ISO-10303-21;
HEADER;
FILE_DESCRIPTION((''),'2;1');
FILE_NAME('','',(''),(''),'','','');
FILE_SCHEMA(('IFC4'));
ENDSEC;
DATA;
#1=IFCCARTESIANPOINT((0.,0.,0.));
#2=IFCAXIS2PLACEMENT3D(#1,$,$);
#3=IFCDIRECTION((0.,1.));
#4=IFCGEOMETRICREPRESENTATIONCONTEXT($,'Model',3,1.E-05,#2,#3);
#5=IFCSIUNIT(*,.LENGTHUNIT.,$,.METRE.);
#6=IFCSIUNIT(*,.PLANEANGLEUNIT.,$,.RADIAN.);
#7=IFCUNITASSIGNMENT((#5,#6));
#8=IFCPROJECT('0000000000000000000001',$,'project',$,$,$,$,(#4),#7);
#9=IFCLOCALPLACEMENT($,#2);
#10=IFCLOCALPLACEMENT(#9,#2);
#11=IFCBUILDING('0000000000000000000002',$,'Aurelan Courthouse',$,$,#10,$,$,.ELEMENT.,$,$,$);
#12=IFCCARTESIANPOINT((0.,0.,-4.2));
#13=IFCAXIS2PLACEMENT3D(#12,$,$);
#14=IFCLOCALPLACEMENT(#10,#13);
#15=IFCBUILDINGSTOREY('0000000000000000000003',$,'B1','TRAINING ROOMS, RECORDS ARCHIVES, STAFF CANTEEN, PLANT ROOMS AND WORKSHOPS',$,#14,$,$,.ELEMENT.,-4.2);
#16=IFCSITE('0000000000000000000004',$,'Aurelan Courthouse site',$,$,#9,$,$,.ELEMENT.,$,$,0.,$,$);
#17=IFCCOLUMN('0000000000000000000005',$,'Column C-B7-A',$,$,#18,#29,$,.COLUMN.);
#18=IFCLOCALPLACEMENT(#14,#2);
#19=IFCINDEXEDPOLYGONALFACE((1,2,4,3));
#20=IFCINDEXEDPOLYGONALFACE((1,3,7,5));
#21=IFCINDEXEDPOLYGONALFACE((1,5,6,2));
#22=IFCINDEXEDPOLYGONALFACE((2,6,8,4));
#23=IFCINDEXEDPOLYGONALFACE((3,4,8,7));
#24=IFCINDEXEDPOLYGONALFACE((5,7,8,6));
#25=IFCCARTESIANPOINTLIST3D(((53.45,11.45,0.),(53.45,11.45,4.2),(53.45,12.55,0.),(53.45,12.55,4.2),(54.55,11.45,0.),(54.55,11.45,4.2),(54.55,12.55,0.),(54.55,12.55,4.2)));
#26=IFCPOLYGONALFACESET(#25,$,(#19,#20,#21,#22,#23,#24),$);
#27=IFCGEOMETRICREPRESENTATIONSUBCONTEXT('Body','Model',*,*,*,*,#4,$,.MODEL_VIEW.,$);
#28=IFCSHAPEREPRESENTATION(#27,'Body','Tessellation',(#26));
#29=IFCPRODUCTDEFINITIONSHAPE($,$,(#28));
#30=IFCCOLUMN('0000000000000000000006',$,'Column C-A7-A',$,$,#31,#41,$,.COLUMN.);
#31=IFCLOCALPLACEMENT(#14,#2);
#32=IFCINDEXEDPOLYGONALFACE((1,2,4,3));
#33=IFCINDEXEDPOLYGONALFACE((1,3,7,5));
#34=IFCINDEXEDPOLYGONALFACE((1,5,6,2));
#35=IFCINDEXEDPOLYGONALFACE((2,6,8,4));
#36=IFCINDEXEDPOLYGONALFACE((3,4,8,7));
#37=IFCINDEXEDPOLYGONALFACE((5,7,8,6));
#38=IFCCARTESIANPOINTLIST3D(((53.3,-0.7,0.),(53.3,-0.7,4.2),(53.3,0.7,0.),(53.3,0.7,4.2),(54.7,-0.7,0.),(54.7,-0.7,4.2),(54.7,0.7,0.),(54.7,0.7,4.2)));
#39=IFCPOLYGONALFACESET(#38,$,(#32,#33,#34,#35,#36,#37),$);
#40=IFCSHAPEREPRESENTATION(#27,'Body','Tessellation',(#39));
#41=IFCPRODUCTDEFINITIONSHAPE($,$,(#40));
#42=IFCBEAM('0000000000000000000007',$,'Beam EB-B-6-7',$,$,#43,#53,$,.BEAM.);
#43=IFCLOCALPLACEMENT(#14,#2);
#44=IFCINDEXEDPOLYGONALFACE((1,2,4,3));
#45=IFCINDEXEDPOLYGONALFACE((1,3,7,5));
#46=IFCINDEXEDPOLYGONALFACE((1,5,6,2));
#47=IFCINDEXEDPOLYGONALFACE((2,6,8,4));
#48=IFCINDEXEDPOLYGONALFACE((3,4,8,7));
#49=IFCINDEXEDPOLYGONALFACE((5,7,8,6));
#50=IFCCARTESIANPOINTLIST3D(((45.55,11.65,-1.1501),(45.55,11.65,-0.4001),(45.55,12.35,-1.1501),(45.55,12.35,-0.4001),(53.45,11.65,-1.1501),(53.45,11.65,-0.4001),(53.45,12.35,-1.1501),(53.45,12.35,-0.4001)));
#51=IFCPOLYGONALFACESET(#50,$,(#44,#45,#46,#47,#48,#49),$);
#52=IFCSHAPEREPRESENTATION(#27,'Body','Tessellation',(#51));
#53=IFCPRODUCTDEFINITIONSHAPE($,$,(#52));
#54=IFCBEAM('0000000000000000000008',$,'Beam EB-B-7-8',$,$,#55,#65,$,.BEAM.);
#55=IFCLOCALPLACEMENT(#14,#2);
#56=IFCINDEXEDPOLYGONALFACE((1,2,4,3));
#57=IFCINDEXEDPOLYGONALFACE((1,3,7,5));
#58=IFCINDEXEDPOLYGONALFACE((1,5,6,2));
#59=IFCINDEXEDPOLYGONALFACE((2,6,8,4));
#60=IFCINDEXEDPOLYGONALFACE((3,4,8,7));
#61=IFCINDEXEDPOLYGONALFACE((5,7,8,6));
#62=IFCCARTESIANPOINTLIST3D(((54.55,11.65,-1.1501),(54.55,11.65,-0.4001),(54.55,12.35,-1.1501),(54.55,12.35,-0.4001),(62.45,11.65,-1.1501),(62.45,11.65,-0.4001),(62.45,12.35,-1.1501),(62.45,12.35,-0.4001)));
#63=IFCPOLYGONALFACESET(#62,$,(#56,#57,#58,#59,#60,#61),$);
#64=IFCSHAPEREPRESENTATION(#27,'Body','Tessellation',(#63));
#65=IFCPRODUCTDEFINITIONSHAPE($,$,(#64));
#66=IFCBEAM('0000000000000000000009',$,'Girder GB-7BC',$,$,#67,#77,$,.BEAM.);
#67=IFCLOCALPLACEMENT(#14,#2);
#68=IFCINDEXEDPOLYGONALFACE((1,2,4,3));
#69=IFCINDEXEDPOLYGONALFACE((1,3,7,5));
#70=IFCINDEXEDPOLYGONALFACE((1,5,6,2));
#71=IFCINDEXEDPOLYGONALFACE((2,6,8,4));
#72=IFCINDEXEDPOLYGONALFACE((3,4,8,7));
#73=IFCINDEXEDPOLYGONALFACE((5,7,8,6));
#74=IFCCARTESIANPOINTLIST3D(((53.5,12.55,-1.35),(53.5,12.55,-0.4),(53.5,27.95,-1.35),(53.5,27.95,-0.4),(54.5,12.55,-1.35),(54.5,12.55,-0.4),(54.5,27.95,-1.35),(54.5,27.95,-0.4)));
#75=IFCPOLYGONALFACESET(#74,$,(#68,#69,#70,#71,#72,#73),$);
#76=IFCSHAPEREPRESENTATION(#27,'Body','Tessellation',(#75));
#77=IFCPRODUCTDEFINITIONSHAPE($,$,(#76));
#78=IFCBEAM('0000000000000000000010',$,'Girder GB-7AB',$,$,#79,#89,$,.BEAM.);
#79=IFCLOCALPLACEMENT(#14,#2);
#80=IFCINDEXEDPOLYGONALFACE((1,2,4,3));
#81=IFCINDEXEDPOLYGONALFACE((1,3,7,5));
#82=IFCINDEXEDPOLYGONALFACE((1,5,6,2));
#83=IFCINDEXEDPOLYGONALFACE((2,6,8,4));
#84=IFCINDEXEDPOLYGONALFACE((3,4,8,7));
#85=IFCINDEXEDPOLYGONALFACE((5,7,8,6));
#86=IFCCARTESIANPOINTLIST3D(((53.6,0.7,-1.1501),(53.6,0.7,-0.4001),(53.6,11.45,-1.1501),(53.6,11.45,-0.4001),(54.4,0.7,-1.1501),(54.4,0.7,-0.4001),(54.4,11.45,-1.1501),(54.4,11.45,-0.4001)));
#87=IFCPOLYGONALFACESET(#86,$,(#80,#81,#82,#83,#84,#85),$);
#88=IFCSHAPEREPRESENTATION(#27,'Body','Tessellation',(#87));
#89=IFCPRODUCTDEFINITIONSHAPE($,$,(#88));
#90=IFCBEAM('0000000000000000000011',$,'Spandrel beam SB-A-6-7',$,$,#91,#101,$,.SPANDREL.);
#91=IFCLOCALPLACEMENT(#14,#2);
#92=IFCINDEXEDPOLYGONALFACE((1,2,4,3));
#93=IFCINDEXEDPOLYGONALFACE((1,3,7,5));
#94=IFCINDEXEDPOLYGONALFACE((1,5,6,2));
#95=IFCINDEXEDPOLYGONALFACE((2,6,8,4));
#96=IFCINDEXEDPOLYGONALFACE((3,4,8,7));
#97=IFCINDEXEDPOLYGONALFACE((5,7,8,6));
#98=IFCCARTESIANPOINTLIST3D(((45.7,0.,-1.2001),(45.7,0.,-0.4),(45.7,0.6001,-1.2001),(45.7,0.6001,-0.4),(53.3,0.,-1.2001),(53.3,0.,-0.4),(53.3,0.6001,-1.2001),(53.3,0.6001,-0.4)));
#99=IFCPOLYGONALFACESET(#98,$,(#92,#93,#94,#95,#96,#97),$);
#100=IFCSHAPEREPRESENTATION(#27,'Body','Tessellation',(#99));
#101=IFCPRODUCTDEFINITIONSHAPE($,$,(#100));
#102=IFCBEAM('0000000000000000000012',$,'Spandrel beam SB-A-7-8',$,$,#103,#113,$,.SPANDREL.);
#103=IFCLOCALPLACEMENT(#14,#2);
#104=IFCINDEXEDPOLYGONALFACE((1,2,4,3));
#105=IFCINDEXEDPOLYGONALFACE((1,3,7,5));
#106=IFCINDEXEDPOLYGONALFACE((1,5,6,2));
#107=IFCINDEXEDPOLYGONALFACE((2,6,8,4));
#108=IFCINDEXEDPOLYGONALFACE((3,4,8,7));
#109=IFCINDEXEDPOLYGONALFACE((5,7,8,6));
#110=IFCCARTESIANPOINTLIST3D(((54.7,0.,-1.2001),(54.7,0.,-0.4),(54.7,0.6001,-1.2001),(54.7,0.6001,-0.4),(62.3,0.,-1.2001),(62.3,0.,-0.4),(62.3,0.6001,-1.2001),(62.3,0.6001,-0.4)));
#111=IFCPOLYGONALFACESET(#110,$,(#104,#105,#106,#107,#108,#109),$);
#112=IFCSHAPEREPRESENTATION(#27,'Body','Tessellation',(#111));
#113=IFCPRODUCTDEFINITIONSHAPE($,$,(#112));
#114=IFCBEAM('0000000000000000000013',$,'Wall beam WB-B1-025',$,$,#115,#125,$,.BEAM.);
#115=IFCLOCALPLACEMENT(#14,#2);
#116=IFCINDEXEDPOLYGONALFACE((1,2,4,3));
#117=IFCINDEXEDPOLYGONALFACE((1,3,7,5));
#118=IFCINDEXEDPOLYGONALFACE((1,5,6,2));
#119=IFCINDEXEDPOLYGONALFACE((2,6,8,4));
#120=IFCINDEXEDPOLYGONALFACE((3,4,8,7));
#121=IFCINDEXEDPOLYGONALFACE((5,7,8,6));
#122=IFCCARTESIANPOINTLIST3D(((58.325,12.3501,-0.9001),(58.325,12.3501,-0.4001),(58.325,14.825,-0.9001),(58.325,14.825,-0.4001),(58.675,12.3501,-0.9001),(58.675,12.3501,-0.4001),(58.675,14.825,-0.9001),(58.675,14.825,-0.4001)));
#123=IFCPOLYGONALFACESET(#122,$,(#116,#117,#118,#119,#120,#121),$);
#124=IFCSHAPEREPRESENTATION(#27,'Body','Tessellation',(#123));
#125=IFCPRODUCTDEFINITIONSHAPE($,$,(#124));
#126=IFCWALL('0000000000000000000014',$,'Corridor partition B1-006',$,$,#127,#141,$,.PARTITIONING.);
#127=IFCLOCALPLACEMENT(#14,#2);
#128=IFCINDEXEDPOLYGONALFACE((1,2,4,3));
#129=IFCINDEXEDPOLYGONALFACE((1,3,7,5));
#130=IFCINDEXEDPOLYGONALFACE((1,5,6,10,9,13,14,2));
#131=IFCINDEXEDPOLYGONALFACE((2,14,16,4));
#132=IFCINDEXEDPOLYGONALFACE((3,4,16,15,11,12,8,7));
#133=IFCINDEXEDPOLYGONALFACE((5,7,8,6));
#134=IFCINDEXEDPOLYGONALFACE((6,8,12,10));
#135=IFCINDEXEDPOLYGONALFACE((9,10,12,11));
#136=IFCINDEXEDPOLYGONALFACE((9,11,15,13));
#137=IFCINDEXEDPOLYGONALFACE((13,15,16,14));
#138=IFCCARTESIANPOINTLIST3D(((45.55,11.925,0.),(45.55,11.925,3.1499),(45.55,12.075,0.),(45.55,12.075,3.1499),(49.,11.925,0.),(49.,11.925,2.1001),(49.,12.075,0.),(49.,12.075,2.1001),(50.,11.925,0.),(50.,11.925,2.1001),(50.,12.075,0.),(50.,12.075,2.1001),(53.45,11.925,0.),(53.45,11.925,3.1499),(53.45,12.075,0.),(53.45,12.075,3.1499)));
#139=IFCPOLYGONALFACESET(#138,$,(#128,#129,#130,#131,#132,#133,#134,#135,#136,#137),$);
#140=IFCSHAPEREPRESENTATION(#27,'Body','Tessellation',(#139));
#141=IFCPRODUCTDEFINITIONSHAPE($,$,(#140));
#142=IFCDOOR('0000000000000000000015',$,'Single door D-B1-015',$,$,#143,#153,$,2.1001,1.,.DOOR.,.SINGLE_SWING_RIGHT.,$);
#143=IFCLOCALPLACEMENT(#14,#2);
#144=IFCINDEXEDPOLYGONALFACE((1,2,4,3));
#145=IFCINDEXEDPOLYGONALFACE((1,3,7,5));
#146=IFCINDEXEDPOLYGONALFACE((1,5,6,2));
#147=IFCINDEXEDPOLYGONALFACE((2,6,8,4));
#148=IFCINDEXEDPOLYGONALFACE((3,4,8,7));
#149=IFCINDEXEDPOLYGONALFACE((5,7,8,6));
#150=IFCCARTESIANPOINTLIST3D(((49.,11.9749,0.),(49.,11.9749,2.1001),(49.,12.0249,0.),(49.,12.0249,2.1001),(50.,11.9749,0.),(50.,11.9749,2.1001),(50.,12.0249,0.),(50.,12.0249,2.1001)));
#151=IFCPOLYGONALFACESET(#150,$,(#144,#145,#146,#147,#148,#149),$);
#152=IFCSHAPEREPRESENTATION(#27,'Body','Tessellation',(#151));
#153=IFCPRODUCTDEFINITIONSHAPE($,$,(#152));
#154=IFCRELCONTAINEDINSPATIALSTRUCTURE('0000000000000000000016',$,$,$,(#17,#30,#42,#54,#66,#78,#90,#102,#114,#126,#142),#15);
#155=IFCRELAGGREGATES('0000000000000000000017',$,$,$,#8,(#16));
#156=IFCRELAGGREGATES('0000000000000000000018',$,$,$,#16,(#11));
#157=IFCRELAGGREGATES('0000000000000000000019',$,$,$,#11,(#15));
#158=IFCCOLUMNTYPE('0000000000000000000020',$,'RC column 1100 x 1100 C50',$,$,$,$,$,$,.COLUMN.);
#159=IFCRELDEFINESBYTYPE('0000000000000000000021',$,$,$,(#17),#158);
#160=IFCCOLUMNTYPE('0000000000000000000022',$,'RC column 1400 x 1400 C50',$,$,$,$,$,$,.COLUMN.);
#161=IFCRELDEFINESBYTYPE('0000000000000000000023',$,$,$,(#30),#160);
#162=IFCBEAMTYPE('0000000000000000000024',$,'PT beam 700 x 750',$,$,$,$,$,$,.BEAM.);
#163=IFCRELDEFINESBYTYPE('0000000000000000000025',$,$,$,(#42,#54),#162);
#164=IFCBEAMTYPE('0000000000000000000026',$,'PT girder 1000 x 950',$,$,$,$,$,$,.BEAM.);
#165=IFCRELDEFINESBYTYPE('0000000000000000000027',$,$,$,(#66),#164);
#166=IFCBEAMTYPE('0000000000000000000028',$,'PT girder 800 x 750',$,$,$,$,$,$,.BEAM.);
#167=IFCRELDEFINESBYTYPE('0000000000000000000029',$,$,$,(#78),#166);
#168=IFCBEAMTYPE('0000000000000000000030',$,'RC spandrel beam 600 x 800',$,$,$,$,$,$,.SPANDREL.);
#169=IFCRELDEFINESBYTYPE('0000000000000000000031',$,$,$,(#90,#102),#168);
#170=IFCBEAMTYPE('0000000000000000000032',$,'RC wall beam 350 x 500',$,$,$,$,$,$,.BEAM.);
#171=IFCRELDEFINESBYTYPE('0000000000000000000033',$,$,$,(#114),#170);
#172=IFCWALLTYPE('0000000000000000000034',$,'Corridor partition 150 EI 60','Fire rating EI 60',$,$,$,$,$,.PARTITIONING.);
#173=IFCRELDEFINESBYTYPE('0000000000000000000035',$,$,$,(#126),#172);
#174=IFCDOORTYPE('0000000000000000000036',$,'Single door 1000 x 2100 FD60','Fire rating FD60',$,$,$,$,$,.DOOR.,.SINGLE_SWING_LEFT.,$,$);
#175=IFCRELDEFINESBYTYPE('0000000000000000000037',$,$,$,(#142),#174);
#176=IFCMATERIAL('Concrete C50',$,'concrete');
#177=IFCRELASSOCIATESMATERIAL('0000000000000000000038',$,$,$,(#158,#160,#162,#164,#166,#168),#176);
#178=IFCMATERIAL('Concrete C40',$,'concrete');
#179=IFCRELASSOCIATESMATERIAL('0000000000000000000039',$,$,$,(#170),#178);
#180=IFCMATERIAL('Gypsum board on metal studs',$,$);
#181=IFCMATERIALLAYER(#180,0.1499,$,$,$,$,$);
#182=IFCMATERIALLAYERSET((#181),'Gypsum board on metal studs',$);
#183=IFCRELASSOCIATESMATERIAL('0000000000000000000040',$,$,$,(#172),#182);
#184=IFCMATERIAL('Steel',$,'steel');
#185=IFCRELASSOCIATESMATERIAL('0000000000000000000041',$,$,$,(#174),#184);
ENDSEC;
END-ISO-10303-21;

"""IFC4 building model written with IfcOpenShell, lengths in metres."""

from ifc_helpers import new_model, si_unit, direction, frame, frame_2d, origin, origin_2d, place, context, subcontext, project, spatial, rectangle, extrude, material, layer, layer_set, material_profile, profile_set, type_object, element, fill, save


model = new_model("IFC4")

# Units and contexts
model_context = context("Model", 3, precision=1e-05, world=origin(), true_north=direction((0.0, 1.0)))
body_context = subcontext(model_context, "Body", "Model", "MODEL_VIEW")
ifc_project = project(units=[si_unit("LENGTHUNIT", "METRE"), si_unit("PLANEANGLEUNIT", "RADIAN")], contexts=[model_context])

# Site, building, storey
site_placement = place(None, origin())
site = spatial("IfcSite", under=ifc_project, at=site_placement, Name="Aurelan Courthouse site", CompositionType="ELEMENT", RefElevation=0.0)
building_placement = place(site_placement, origin())
building = spatial("IfcBuilding", under=site, at=building_placement, Name="Aurelan Courthouse", CompositionType="ELEMENT")
storey_placement = place(building_placement, frame((0.0, 0.0, -4.2)))
storey = spatial("IfcBuildingStorey", under=building, at=storey_placement, Name="B1", Description="TRAINING ROOMS, RECORDS ARCHIVES, STAFF CANTEEN, PLANT ROOMS AND WORKSHOPS", CompositionType="ELEMENT", Elevation=-4.2)

# Columns
ifc_material_1 = material(Name="Concrete C50", Category="concrete")
ifc_material_profile_1 = material_profile(ifc_material_1, rectangle(XDim=1.1001, YDim=1.1001, at=origin_2d()), Name="RC 1100 x 1100")
ifc_profile_set_1 = profile_set([ifc_material_profile_1], Name="Concrete C50")
column_type_1 = type_object("IfcColumnType", Name="RC column 1100 x 1100 C50", PredefinedType="COLUMN", material=ifc_profile_set_1)
column_1_placement = place(storey_placement, frame((54.0, 12.0, 0.0), z_axis=(0.0, 0.0, 1.0), x_axis=(1.0, 0.0, 0.0)))
element("IfcColumn", 1, at=column_1_placement, inside=storey, type_object=column_type_1, Name="Column C-B7-A", PredefinedType="COLUMN", context=body_context, shape_type="SweptSolid", body=[
    extrude(rectangle(XDim=1.1001, YDim=1.1001, at=origin_2d()), origin(), (0.0, 0.0, 1.0), 4.2),
])
ifc_material_profile_2 = material_profile(ifc_material_1, rectangle(XDim=1.3999, YDim=1.3999, at=origin_2d()), Name="RC 1400 x 1400")
ifc_profile_set_2 = profile_set([ifc_material_profile_2], Name="Concrete C50")
column_type_2 = type_object("IfcColumnType", Name="RC column 1400 x 1400 C50", PredefinedType="COLUMN", material=ifc_profile_set_2)
column_2_placement = place(storey_placement, frame((54.0, 0.0, 0.0), z_axis=(0.0, 0.0, 1.0), x_axis=(1.0, 0.0, 0.0)))
element("IfcColumn", 2, at=column_2_placement, inside=storey, type_object=column_type_2, Name="Column C-A7-A", PredefinedType="COLUMN", context=body_context, shape_type="SweptSolid", body=[
    extrude(rectangle(XDim=1.3999, YDim=1.3999, at=origin_2d()), origin(), (0.0, 0.0, 1.0), 4.2),
])

# Beams
ifc_material_profile_3 = material_profile(ifc_material_1, rectangle(XDim=0.7, YDim=0.75, at=origin_2d()), Name="RC 700 x 750")
ifc_profile_set_3 = profile_set([ifc_material_profile_3], Name="Concrete C50")
beam_type_1 = type_object("IfcBeamType", Name="PT beam 700 x 750", PredefinedType="BEAM", material=ifc_profile_set_3)
for number, where, z_axis, x_axis, name in (
    (3, (45.55, 12.0, -0.7751), (1.0, 0.0, 0.0), (0.0, 1.0, 0.0), "Beam EB-B-6-7"),
    (4, (54.55, 12.0, -0.7751), (1.0, 0.0, 0.0), (0.0, 1.0, 0.0), "Beam EB-B-7-8"),
):
    element("IfcBeam", number, at=place(storey_placement, frame(where, z_axis=z_axis, x_axis=x_axis)), inside=storey, type_object=beam_type_1, Name=name, PredefinedType="BEAM", context=body_context, shape_type="SweptSolid", body=[
        extrude(rectangle(XDim=0.7, YDim=0.75, at=origin_2d()), origin(), (0.0, 0.0, 1.0), 7.8999),
    ])
ifc_material_profile_4 = material_profile(ifc_material_1, rectangle(XDim=1.0, YDim=0.95, at=origin_2d()), Name="RC 1000 x 950")
ifc_profile_set_4 = profile_set([ifc_material_profile_4], Name="Concrete C50")
beam_type_2 = type_object("IfcBeamType", Name="PT girder 1000 x 950", PredefinedType="BEAM", material=ifc_profile_set_4)
beam_1_placement = place(storey_placement, frame((54.0, 12.55, -0.875), z_axis=(0.0, 1.0, 0.0), x_axis=(-1.0, 0.0, 0.0)))
element("IfcBeam", 5, at=beam_1_placement, inside=storey, type_object=beam_type_2, Name="Girder GB-7BC", PredefinedType="BEAM", context=body_context, shape_type="SweptSolid", body=[
    extrude(rectangle(XDim=1.0, YDim=0.95, at=origin_2d()), origin(), (0.0, 0.0, 1.0), 15.3999),
])
ifc_material_profile_5 = material_profile(ifc_material_1, rectangle(XDim=0.8, YDim=0.75, at=origin_2d()), Name="RC 800 x 750")
ifc_profile_set_5 = profile_set([ifc_material_profile_5], Name="Concrete C50")
beam_type_3 = type_object("IfcBeamType", Name="PT girder 800 x 750", PredefinedType="BEAM", material=ifc_profile_set_5)
beam_2_placement = place(storey_placement, frame((54.0, 0.7, -0.7751), z_axis=(0.0, 1.0, 0.0), x_axis=(-1.0, 0.0, 0.0)))
element("IfcBeam", 6, at=beam_2_placement, inside=storey, type_object=beam_type_3, Name="Girder GB-7AB", PredefinedType="BEAM", context=body_context, shape_type="SweptSolid", body=[
    extrude(rectangle(XDim=0.8, YDim=0.75, at=origin_2d()), origin(), (0.0, 0.0, 1.0), 10.75),
])
ifc_material_profile_6 = material_profile(ifc_material_1, rectangle(XDim=0.6001, YDim=0.8, at=origin_2d()), Name="RC 600 x 800")
ifc_profile_set_6 = profile_set([ifc_material_profile_6], Name="Concrete C50")
beam_type_4 = type_object("IfcBeamType", Name="RC spandrel beam 600 x 800", PredefinedType="SPANDREL", material=ifc_profile_set_6)
for number, where, z_axis, x_axis, name in (
    (7, (45.7, 0.3, -0.8), (1.0, 0.0, 0.0), (0.0, 1.0, 0.0), "Spandrel beam SB-A-6-7"),
    (8, (54.7, 0.3, -0.8), (1.0, 0.0, 0.0), (0.0, 1.0, 0.0), "Spandrel beam SB-A-7-8"),
):
    element("IfcBeam", number, at=place(storey_placement, frame(where, z_axis=z_axis, x_axis=x_axis)), inside=storey, type_object=beam_type_4, Name=name, PredefinedType="SPANDREL", context=body_context, shape_type="SweptSolid", body=[
        extrude(rectangle(XDim=0.6001, YDim=0.8, at=origin_2d()), origin(), (0.0, 0.0, 1.0), 7.6001),
    ])
ifc_material_2 = material(Name="Concrete C40", Category="concrete")
ifc_material_profile_7 = material_profile(ifc_material_2, rectangle(XDim=0.3501, YDim=0.5, at=origin_2d()), Name="RC 350 x 500")
ifc_profile_set_7 = profile_set([ifc_material_profile_7], Name="Concrete C40")
beam_type_5 = type_object("IfcBeamType", Name="RC wall beam 350 x 500", PredefinedType="BEAM", material=ifc_profile_set_7)
beam_3_placement = place(storey_placement, frame((58.5, 12.3501, -0.6501), z_axis=(0.0, 1.0, 0.0), x_axis=(-1.0, 0.0, 0.0)))
element("IfcBeam", 9, at=beam_3_placement, inside=storey, type_object=beam_type_5, Name="Wall beam WB-B1-025", PredefinedType="BEAM", context=body_context, shape_type="SweptSolid", body=[
    extrude(rectangle(XDim=0.3501, YDim=0.5, at=origin_2d()), origin(), (0.0, 0.0, 1.0), 2.4749),
])

# Wall, opening, door
ifc_material_3 = material(Name="Gypsum board on metal studs")
ifc_layer_1 = layer(ifc_material_3, 0.1499)
ifc_layer_set_1 = layer_set([ifc_layer_1], Name="Gypsum board on metal studs")
wall_type_1 = type_object("IfcWallType", Name="Corridor partition 150 EI 60", Description="Fire rating EI 60", PredefinedType="PARTITIONING", material=ifc_layer_set_1)
wall_1_placement = place(storey_placement, frame((45.55, 12.0, 0.0), z_axis=(0.0, 0.0, 1.0), x_axis=(1.0, 0.0, 0.0)))
wall_1 = element("IfcWall", 10, at=wall_1_placement, inside=storey, type_object=wall_type_1, Name="Corridor partition B1-006", PredefinedType="PARTITIONING", context=body_context, shape_type="SweptSolid", body=[
    extrude(rectangle(XDim=7.8999, YDim=0.1499, at=frame_2d((3.95, 0.0))), origin(), (0.0, 0.0, 1.0), 3.1499),
])
opening_1_placement = place(wall_1_placement, frame((3.45, 0.0, 0.0)))
opening_1 = element("IfcOpeningElement", 11, at=opening_1_placement, cuts=wall_1, PredefinedType="OPENING", context=body_context, shape_type="SweptSolid", body=[
    extrude(rectangle(XDim=1.0, YDim=2.1001, at=frame_2d((0.5, 1.05))), frame((0.0, 0.085, 0.0), z_axis=(0.0, -1.0, 0.0), x_axis=(1.0, 0.0, 0.0)), (0.0, 0.0, 1.0), 0.1699),
])
ifc_material_4 = material(Name="Steel", Category="steel")
door_type_1 = type_object("IfcDoorType", Name="Single door 1000 x 2100 FD60", Description="Fire rating FD60", OperationType="SINGLE_SWING_LEFT", PredefinedType="DOOR", material=ifc_material_4)
door_1_placement = place(opening_1_placement, origin())
door_1 = element("IfcDoor", 12, at=door_1_placement, inside=storey, type_object=door_type_1, Name="Single door D-B1-015", OperationType="SINGLE_SWING_RIGHT", OverallHeight=2.1001, OverallWidth=1.0, PredefinedType="DOOR", context=body_context, shape_type="SweptSolid", body=[
    extrude(rectangle(XDim=1.0, YDim=2.1001, at=frame_2d((0.5, 1.05))), frame((0.0, 0.0249, 0.0), z_axis=(0.0, -1.0, 0.0), x_axis=(1.0, 0.0, 0.0)), (0.0, 0.0, 1.0), 0.05),
])
fill(opening_1, door_1)

save(model, "model.ifc")
